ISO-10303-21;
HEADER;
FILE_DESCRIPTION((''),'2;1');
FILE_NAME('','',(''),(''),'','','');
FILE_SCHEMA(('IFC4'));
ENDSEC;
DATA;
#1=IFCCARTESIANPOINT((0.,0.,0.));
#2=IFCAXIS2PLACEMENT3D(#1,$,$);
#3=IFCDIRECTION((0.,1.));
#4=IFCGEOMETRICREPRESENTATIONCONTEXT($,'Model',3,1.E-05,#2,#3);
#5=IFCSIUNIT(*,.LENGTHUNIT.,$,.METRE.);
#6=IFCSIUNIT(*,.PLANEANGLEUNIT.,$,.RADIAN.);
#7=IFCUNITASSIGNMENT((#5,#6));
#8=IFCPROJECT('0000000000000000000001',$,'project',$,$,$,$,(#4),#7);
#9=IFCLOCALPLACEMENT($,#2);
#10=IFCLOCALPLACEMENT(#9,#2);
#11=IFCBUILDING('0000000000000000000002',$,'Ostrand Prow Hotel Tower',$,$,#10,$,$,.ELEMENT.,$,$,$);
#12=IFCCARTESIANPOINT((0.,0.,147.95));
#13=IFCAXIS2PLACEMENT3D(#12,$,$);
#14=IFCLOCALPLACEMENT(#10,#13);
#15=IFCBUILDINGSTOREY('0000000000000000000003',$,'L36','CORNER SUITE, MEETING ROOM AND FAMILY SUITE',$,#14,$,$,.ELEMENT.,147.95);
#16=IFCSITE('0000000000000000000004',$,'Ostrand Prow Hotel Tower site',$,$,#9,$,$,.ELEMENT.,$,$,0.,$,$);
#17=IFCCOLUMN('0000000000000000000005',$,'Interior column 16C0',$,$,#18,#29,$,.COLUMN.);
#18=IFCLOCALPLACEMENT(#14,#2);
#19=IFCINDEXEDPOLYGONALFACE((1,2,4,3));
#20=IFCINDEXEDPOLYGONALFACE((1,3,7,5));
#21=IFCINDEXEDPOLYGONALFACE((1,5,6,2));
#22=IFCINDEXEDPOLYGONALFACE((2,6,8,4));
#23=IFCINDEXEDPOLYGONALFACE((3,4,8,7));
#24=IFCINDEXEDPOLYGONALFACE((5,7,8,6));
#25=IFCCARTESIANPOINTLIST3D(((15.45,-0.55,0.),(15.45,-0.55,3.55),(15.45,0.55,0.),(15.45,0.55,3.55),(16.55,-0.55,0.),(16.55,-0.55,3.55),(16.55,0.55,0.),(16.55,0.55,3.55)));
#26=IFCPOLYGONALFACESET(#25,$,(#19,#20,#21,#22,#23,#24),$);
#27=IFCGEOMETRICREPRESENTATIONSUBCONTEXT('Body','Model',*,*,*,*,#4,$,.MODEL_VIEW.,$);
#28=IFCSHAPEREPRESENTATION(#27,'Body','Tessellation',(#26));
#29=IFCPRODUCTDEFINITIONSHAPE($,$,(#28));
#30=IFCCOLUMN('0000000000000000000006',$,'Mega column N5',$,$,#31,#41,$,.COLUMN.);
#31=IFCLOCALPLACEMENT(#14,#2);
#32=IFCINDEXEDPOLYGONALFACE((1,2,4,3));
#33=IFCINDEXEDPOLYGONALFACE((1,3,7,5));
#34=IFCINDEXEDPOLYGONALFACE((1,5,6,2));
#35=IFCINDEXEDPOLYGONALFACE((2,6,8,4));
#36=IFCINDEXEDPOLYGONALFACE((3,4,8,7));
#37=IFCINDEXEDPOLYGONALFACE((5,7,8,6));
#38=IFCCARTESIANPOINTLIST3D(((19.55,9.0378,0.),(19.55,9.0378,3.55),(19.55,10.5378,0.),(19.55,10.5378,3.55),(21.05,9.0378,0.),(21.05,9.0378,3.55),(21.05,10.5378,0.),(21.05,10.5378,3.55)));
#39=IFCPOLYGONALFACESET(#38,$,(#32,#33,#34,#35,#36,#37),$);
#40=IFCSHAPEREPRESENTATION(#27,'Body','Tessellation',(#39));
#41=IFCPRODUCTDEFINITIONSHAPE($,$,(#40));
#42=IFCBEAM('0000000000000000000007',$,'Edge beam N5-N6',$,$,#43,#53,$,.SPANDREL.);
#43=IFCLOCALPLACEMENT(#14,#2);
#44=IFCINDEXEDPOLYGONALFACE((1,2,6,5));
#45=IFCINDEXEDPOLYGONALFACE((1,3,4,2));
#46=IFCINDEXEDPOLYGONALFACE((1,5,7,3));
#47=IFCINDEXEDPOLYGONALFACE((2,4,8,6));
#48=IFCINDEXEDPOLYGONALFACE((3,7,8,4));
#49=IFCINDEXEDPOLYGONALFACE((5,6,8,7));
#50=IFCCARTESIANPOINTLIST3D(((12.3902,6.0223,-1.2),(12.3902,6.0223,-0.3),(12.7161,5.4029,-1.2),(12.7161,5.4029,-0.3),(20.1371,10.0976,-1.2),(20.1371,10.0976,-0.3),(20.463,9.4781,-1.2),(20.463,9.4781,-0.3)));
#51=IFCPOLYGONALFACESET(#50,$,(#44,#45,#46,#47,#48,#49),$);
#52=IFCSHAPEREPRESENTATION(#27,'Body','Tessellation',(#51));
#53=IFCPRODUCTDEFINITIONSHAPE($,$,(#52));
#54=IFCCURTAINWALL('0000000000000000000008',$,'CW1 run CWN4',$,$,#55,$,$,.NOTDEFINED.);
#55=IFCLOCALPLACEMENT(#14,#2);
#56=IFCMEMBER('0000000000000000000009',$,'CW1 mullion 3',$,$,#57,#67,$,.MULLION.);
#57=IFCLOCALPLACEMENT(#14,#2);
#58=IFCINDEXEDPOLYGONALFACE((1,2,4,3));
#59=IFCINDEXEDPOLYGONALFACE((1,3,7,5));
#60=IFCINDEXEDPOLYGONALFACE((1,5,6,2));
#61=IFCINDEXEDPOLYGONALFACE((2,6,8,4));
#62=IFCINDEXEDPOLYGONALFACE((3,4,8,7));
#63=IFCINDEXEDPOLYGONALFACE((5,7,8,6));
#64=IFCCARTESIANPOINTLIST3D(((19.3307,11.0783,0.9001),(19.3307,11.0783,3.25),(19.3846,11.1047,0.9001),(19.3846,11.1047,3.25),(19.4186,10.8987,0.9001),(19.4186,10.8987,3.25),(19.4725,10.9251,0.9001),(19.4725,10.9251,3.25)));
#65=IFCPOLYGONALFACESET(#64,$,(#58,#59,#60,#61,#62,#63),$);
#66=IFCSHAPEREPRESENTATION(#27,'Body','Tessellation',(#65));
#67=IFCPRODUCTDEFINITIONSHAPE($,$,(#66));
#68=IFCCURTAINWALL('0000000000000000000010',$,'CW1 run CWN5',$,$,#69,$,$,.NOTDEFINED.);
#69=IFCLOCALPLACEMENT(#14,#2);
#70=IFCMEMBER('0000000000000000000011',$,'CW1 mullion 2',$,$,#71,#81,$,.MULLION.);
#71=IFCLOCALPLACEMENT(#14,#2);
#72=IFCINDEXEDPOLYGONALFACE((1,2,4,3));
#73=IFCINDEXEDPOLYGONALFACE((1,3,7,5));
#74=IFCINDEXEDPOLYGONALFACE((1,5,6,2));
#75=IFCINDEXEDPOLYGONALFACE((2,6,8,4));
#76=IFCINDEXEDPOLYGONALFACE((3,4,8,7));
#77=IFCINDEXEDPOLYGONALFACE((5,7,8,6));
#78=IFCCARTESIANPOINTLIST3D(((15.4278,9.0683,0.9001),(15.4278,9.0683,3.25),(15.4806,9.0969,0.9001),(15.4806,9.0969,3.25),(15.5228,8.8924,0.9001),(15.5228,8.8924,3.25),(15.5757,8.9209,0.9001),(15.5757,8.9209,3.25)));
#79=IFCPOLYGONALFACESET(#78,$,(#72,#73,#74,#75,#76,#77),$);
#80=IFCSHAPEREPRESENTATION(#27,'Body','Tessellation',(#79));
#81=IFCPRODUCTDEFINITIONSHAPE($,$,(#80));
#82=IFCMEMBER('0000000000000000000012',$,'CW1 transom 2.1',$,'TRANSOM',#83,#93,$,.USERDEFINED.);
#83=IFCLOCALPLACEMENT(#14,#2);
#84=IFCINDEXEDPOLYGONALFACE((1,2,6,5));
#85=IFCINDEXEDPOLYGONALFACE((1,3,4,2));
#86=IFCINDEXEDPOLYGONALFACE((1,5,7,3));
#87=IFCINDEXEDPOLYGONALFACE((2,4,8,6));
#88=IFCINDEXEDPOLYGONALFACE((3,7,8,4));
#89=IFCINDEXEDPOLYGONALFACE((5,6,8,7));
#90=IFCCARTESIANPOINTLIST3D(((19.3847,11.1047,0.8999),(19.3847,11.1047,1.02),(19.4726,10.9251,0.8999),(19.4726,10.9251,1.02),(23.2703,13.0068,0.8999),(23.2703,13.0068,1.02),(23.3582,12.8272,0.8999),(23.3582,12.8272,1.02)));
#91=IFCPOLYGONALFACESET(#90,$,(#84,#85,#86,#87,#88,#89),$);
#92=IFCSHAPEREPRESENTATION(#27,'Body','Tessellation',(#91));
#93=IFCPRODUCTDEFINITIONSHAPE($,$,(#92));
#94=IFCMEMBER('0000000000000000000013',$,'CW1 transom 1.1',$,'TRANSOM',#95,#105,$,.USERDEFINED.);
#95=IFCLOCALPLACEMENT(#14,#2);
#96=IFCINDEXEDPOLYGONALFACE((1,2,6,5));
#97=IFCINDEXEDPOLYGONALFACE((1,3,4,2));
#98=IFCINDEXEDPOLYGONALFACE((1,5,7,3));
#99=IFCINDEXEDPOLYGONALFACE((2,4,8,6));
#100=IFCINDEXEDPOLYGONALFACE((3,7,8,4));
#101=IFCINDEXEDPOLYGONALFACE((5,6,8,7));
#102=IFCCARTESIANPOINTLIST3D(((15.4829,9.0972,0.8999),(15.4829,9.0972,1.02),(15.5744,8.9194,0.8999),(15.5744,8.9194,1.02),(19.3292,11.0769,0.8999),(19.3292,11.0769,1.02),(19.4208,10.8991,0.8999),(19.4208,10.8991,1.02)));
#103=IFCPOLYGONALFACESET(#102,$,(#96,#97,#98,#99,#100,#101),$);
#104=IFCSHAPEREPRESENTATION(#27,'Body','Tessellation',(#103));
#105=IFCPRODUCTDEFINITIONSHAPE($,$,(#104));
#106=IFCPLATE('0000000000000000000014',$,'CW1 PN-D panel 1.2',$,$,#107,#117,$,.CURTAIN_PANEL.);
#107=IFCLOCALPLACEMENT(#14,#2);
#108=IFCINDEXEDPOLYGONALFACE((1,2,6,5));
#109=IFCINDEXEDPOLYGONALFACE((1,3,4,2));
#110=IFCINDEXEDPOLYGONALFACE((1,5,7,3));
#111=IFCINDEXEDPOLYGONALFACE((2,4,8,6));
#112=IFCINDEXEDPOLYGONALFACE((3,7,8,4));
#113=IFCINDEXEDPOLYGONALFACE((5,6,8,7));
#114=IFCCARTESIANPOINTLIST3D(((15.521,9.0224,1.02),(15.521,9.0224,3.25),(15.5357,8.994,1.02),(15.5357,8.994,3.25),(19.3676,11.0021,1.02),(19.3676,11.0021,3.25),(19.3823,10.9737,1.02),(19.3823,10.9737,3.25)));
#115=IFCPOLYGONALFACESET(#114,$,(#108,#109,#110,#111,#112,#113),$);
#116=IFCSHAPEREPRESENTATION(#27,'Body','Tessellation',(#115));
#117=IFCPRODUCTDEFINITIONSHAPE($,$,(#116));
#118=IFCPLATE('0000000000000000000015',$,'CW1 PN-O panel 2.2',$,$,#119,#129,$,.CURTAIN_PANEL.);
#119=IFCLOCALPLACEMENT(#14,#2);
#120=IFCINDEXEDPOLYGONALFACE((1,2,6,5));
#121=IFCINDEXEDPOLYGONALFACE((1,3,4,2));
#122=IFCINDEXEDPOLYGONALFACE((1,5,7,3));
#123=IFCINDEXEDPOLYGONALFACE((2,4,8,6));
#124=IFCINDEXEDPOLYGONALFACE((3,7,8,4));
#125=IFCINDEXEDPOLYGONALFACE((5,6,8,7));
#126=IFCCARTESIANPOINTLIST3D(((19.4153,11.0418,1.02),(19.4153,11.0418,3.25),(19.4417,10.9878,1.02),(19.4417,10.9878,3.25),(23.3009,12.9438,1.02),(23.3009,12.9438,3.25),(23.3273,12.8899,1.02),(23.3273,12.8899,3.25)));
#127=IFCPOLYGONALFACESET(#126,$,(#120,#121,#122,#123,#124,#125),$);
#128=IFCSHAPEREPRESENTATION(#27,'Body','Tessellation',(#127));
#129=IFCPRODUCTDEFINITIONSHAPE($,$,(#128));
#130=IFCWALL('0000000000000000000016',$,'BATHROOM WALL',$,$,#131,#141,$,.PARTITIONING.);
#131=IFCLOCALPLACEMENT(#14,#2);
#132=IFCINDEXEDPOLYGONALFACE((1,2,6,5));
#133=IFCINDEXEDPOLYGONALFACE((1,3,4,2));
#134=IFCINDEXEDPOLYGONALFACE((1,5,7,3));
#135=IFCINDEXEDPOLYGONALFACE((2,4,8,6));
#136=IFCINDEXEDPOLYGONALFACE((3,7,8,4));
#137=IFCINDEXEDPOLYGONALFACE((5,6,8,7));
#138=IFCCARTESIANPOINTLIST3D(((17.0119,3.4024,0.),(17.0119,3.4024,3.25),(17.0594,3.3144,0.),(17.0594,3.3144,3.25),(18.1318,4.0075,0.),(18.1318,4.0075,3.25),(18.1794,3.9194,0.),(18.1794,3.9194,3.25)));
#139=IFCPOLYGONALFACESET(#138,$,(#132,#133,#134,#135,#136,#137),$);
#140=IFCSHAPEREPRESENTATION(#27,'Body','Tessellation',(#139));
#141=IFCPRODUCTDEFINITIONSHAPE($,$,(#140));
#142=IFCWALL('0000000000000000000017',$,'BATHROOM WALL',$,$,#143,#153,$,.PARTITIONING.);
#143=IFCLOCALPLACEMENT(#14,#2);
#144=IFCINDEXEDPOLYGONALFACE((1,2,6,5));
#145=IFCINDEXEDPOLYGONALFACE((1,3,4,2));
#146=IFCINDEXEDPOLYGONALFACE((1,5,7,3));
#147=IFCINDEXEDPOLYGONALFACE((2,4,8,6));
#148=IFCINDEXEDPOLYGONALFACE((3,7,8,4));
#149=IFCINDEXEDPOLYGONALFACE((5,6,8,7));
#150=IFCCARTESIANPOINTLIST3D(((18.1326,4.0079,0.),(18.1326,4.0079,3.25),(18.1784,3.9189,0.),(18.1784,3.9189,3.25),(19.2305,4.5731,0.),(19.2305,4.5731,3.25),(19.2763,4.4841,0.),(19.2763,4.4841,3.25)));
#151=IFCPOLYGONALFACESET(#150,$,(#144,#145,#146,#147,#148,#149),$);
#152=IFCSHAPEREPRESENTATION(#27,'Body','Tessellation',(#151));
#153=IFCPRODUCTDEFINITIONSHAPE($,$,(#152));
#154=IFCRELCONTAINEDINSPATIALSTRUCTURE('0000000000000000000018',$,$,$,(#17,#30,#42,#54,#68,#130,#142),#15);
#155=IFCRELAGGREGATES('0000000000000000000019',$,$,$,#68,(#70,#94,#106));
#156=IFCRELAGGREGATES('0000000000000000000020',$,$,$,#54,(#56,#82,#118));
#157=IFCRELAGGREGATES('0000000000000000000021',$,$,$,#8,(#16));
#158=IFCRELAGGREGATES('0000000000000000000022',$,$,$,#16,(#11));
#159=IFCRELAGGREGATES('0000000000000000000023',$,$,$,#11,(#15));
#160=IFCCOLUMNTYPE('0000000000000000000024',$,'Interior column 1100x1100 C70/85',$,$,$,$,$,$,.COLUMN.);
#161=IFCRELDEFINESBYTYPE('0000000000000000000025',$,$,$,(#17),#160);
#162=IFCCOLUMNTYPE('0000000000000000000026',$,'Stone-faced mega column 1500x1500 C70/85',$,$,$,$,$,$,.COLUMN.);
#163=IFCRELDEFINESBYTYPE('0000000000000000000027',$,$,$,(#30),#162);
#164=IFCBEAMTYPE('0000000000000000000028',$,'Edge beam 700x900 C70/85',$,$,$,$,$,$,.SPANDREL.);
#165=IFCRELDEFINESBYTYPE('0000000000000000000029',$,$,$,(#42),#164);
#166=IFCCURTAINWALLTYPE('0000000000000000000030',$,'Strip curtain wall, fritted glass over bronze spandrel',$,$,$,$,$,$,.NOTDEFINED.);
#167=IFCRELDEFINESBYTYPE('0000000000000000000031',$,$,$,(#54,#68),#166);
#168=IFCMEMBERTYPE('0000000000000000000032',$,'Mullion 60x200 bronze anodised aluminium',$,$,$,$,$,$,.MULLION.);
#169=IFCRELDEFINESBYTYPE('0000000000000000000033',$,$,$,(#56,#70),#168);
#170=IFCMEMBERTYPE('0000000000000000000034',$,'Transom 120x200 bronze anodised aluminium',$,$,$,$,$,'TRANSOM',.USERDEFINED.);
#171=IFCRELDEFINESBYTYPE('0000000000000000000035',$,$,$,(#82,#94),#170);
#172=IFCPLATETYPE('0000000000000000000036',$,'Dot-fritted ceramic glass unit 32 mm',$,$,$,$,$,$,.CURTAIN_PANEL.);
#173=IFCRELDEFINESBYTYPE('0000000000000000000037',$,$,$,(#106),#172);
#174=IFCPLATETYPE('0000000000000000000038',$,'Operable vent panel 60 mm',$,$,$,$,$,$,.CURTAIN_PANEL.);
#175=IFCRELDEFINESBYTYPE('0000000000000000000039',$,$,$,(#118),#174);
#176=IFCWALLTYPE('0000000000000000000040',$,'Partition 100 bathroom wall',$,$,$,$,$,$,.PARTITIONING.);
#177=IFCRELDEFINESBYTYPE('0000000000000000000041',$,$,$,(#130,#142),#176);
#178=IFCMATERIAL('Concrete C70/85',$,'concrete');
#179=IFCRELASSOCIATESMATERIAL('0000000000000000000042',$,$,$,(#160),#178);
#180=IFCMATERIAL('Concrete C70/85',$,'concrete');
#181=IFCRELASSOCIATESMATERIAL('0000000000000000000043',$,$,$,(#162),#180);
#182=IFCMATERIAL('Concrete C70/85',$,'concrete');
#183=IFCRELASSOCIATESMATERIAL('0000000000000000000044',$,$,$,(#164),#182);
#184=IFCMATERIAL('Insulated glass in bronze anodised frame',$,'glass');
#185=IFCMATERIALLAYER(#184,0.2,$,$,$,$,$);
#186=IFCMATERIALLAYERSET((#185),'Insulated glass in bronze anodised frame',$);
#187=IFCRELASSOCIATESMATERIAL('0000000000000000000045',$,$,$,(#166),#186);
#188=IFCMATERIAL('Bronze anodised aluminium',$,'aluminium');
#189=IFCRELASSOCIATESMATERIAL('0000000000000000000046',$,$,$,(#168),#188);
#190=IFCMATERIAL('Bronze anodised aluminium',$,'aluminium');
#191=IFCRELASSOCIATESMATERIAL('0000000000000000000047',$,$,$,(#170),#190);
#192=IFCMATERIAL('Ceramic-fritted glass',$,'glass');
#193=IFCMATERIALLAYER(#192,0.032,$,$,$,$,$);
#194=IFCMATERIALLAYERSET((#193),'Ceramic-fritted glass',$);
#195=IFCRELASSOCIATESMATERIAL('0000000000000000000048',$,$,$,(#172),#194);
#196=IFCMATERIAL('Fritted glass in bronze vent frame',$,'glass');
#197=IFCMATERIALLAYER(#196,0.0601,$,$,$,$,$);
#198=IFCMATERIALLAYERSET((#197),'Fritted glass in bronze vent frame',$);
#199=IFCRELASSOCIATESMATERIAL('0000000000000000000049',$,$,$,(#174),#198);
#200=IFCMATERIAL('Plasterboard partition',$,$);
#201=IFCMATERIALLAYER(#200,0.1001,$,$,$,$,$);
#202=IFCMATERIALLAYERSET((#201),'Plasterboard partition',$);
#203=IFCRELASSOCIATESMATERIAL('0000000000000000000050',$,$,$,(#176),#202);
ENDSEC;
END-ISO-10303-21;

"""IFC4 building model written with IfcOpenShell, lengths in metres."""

from ifc_helpers import new_model, si_unit, direction, frame, frame_2d, origin, origin_2d, place, context, subcontext, project, spatial, rectangle, extrude, material, layer, layer_set, material_profile, profile_set, type_object, element, aggregate, save


model = new_model("IFC4")

# Units and contexts
model_context = context("Model", 3, precision=1e-05, world=origin(), true_north=direction((0.0, 1.0)))
body_context = subcontext(model_context, "Body", "Model", "MODEL_VIEW")
ifc_project = project(units=[si_unit("LENGTHUNIT", "METRE"), si_unit("PLANEANGLEUNIT", "RADIAN")], contexts=[model_context])

# Site, building, storey
site_placement = place(None, origin())
site = spatial("IfcSite", under=ifc_project, at=site_placement, Name="Ostrand Prow Hotel Tower site", CompositionType="ELEMENT", RefElevation=0.0)
building_placement = place(site_placement, origin())
building = spatial("IfcBuilding", under=site, at=building_placement, Name="Ostrand Prow Hotel Tower", CompositionType="ELEMENT")
storey_placement = place(building_placement, frame((0.0, 0.0, 147.95)))
storey = spatial("IfcBuildingStorey", under=building, at=storey_placement, Name="L36", Description="CORNER SUITE, MEETING ROOM AND FAMILY SUITE", CompositionType="ELEMENT", Elevation=147.95)

# Columns
ifc_material_1 = material(Name="Concrete C70/85", Category="concrete")
ifc_material_profile_1 = material_profile(ifc_material_1, rectangle(XDim=1.1001, YDim=1.1001, at=origin_2d()), Name="RC 1100x1100")
ifc_profile_set_1 = profile_set([ifc_material_profile_1], Name="Concrete C70/85")
column_type_1 = type_object("IfcColumnType", Name="Interior column 1100x1100 C70/85", PredefinedType="COLUMN", material=ifc_profile_set_1)
column_1_placement = place(storey_placement, frame((16.0, 0.0, 0.0), z_axis=(0.0, 0.0, 1.0), x_axis=(1.0, 0.0, 0.0)))
element("IfcColumn", 1, at=column_1_placement, inside=storey, type_object=column_type_1, Name="Interior column 16C0", PredefinedType="COLUMN", context=body_context, shape_type="SweptSolid", body=[
    extrude(rectangle(XDim=1.1001, YDim=1.1001, at=origin_2d()), origin(), (0.0, 0.0, 1.0), 3.55),
])
ifc_material_2 = material(Name="Concrete C70/85", Category="concrete")
ifc_material_profile_2 = material_profile(ifc_material_2, rectangle(XDim=1.5, YDim=1.5, at=origin_2d()), Name="RC 1500x1500")
ifc_profile_set_2 = profile_set([ifc_material_profile_2], Name="Concrete C70/85")
column_type_2 = type_object("IfcColumnType", Name="Stone-faced mega column 1500x1500 C70/85", PredefinedType="COLUMN", material=ifc_profile_set_2)
column_2_placement = place(storey_placement, frame((20.3, 9.7878, 0.0), z_axis=(0.0, 0.0, 1.0), x_axis=(1.0, 0.0, 0.0)))
element("IfcColumn", 2, at=column_2_placement, inside=storey, type_object=column_type_2, Name="Mega column N5", PredefinedType="COLUMN", context=body_context, shape_type="SweptSolid", body=[
    extrude(rectangle(XDim=1.5, YDim=1.5, at=origin_2d()), origin(), (0.0, 0.0, 1.0), 3.55),
])

# Beam
ifc_material_3 = material(Name="Concrete C70/85", Category="concrete")
ifc_material_profile_3 = material_profile(ifc_material_3, rectangle(XDim=0.7, YDim=0.8999, at=origin_2d()), Name="RC 700x900")
ifc_profile_set_3 = profile_set([ifc_material_profile_3], Name="Concrete C70/85")
beam_type = type_object("IfcBeamType", Name="Edge beam 700x900 C70/85", PredefinedType="SPANDREL", material=ifc_profile_set_3)
beam_placement = place(storey_placement, frame((20.3, 9.7878, -0.75), z_axis=(-0.885016, -0.46556, 0.0), x_axis=(0.46556, -0.885016, 0.0)))
element("IfcBeam", 3, at=beam_placement, inside=storey, type_object=beam_type, Name="Edge beam N5-N6", PredefinedType="SPANDREL", context=body_context, shape_type="SweptSolid", body=[
    extrude(rectangle(XDim=0.7, YDim=0.8999, at=origin_2d()), origin(), (0.0, 0.0, 1.0), 8.7534),
])

# Curtain walls, members
ifc_material_4 = material(Name="Insulated glass in bronze anodised frame", Category="glass")
ifc_layer_1 = layer(ifc_material_4, 0.2)
ifc_layer_set_1 = layer_set([ifc_layer_1], Name="Insulated glass in bronze anodised frame")
curtain_wall_type = type_object("IfcCurtainWallType", Name="Strip curtain wall, fritted glass over bronze spandrel", PredefinedType="NOTDEFINED", material=ifc_layer_set_1)
curtain_wall_1_placement = place(storey_placement, origin())
curtain_wall_1 = element("IfcCurtainWall", 4, at=curtain_wall_1_placement, inside=storey, type_object=curtain_wall_type, Name="CW1 run CWN4", PredefinedType="NOTDEFINED")
ifc_material_5 = material(Name="Bronze anodised aluminium", Category="aluminium")
ifc_material_profile_4 = material_profile(ifc_material_5, rectangle(XDim=0.2, YDim=0.0601, at=origin_2d()), Name="Mullion 60x200 bronze anodised aluminium")
ifc_profile_set_4 = profile_set([ifc_material_profile_4], Name="Bronze anodised aluminium")
member_type_1 = type_object("IfcMemberType", Name="Mullion 60x200 bronze anodised aluminium", PredefinedType="MULLION", material=ifc_profile_set_4)
member_1_placement = place(storey_placement, frame((19.4016, 11.0017, 0.9001), z_axis=(0.0, 0.0, 1.0), x_axis=(0.439659, -0.898165, 0.0)))
member_1 = element("IfcMember", 5, at=member_1_placement, type_object=member_type_1, Name="CW1 mullion 3", PredefinedType="MULLION", context=body_context, shape_type="SweptSolid", body=[
    extrude(rectangle(XDim=0.2, YDim=0.0601, at=origin_2d()), origin(), (0.0, 0.0, 1.0), 2.3499),
])
curtain_wall_2_placement = place(storey_placement, origin())
curtain_wall_2 = element("IfcCurtainWall", 6, at=curtain_wall_2_placement, inside=storey, type_object=curtain_wall_type, Name="CW1 run CWN5", PredefinedType="NOTDEFINED")
member_2_placement = place(storey_placement, frame((15.5017, 8.9946, 0.9001), z_axis=(0.0, 0.0, 1.0), x_axis=(0.475394, -0.879773, 0.0)))
member_2 = element("IfcMember", 7, at=member_2_placement, type_object=member_type_1, Name="CW1 mullion 2", PredefinedType="MULLION", context=body_context, shape_type="SweptSolid", body=[
    extrude(rectangle(XDim=0.2, YDim=0.0601, at=origin_2d()), origin(), (0.0, 0.0, 1.0), 2.3499),
])

# Members
ifc_material_6 = material(Name="Bronze anodised aluminium", Category="aluminium")
ifc_material_profile_5 = material_profile(ifc_material_6, rectangle(XDim=0.2, YDim=0.1201, at=origin_2d()), Name="Transom 120x200 bronze anodised aluminium")
ifc_profile_set_5 = profile_set([ifc_material_profile_5], Name="Bronze anodised aluminium")
member_type_2 = type_object("IfcMemberType", Name="Transom 120x200 bronze anodised aluminium", ElementType="TRANSOM", PredefinedType="USERDEFINED", material=ifc_profile_set_5)
member_3_placement = place(storey_placement, frame((23.3142, 12.917, 0.96), z_axis=(-0.898154, -0.439681, 0.0), x_axis=(0.439681, -0.898154, 0.0)))
member_3 = element("IfcMember", 8, at=member_3_placement, type_object=member_type_2, Name="CW1 transom 2.1", ObjectType="TRANSOM", PredefinedType="USERDEFINED", context=body_context, shape_type="SweptSolid", body=[
    extrude(rectangle(XDim=0.2, YDim=0.1201, at=origin_2d()), origin(), (0.0, 0.0, 1.0), 4.3262),
])
member_4_placement = place(storey_placement, frame((19.375, 10.988, 0.96), z_axis=(-0.88914, -0.457635, 0.0), x_axis=(0.457635, -0.88914, 0.0)))
member_4 = element("IfcMember", 9, at=member_4_placement, type_object=member_type_2, Name="CW1 transom 1.1", ObjectType="TRANSOM", PredefinedType="USERDEFINED", context=body_context, shape_type="SweptSolid", body=[
    extrude(rectangle(XDim=0.2, YDim=0.1201, at=origin_2d()), origin(), (0.0, 0.0, 1.0), 4.3259),
])

# Plates
ifc_material_7 = material(Name="Ceramic-fritted glass", Category="glass")
ifc_layer_2 = layer(ifc_material_7, 0.032)
ifc_layer_set_2 = layer_set([ifc_layer_2], Name="Ceramic-fritted glass")
plate_type_1 = type_object("IfcPlateType", Name="Dot-fritted ceramic glass unit 32 mm", PredefinedType="CURTAIN_PANEL", material=ifc_layer_set_2)
plate_1_placement = place(storey_placement, frame((17.4517, 9.998, 1.02), z_axis=(0.0, 0.0, 1.0), x_axis=(-0.889148, -0.457619, 0.0)))
plate_1 = element("IfcPlate", 10, at=plate_1_placement, type_object=plate_type_1, Name="CW1 PN-D panel 1.2", PredefinedType="CURTAIN_PANEL", context=body_context, shape_type="SweptSolid", body=[
    extrude(rectangle(XDim=4.3262, YDim=0.032, at=origin_2d()), origin(), (0.0, 0.0, 1.0), 2.23),
])
aggregate(curtain_wall_2, [member_2, member_4, plate_1])
ifc_material_8 = material(Name="Fritted glass in bronze vent frame", Category="glass")
ifc_layer_3 = layer(ifc_material_8, 0.0601)
ifc_layer_set_3 = layer_set([ifc_layer_3], Name="Fritted glass in bronze vent frame")
plate_type_2 = type_object("IfcPlateType", Name="Operable vent panel 60 mm", PredefinedType="CURTAIN_PANEL", material=ifc_layer_set_3)
plate_2_placement = place(storey_placement, frame((21.3713, 11.9658, 1.02), z_axis=(0.0, 0.0, 1.0), x_axis=(-0.898165, -0.439659, 0.0)))
plate_2 = element("IfcPlate", 11, at=plate_2_placement, type_object=plate_type_2, Name="CW1 PN-O panel 2.2", PredefinedType="CURTAIN_PANEL", context=body_context, shape_type="SweptSolid", body=[
    extrude(rectangle(XDim=4.3262, YDim=0.0601, at=origin_2d()), origin(), (0.0, 0.0, 1.0), 2.23),
])
aggregate(curtain_wall_1, [member_1, member_3, plate_2])

# Walls
ifc_material_9 = material(Name="Plasterboard partition")
ifc_layer_4 = layer(ifc_material_9, 0.1001)
ifc_layer_set_4 = layer_set([ifc_layer_4], Name="Plasterboard partition")
wall_type_1 = type_object("IfcWallType", Name="Partition 100 bathroom wall", PredefinedType="PARTITIONING", material=ifc_layer_set_4)
wall_1_placement = place(storey_placement, frame((17.0356, 3.3584, 0.0), z_axis=(0.0, 0.0, 1.0), x_axis=(0.879824, 0.4753, 0.0)))
element("IfcWall", 12, at=wall_1_placement, inside=storey, type_object=wall_type_1, Name="BATHROOM WALL", PredefinedType="PARTITIONING", context=body_context, shape_type="SweptSolid", body=[
    extrude(rectangle(XDim=1.2729, YDim=0.1001, at=frame_2d((0.6365, 0.0))), origin(), (0.0, 0.0, 1.0), 3.25),
])
wall_2_placement = place(storey_placement, frame((18.1555, 3.9634, 0.0), z_axis=(0.0, 0.0, 1.0), x_axis=(0.889106, 0.457701, 0.0)))
element("IfcWall", 13, at=wall_2_placement, inside=storey, type_object=wall_type_1, Name="BATHROOM WALL", PredefinedType="PARTITIONING", context=body_context, shape_type="SweptSolid", body=[
    extrude(rectangle(XDim=1.2349, YDim=0.1001, at=frame_2d((0.6174, 0.0))), origin(), (0.0, 0.0, 1.0), 3.25),
])

save(model, "model.ifc")
